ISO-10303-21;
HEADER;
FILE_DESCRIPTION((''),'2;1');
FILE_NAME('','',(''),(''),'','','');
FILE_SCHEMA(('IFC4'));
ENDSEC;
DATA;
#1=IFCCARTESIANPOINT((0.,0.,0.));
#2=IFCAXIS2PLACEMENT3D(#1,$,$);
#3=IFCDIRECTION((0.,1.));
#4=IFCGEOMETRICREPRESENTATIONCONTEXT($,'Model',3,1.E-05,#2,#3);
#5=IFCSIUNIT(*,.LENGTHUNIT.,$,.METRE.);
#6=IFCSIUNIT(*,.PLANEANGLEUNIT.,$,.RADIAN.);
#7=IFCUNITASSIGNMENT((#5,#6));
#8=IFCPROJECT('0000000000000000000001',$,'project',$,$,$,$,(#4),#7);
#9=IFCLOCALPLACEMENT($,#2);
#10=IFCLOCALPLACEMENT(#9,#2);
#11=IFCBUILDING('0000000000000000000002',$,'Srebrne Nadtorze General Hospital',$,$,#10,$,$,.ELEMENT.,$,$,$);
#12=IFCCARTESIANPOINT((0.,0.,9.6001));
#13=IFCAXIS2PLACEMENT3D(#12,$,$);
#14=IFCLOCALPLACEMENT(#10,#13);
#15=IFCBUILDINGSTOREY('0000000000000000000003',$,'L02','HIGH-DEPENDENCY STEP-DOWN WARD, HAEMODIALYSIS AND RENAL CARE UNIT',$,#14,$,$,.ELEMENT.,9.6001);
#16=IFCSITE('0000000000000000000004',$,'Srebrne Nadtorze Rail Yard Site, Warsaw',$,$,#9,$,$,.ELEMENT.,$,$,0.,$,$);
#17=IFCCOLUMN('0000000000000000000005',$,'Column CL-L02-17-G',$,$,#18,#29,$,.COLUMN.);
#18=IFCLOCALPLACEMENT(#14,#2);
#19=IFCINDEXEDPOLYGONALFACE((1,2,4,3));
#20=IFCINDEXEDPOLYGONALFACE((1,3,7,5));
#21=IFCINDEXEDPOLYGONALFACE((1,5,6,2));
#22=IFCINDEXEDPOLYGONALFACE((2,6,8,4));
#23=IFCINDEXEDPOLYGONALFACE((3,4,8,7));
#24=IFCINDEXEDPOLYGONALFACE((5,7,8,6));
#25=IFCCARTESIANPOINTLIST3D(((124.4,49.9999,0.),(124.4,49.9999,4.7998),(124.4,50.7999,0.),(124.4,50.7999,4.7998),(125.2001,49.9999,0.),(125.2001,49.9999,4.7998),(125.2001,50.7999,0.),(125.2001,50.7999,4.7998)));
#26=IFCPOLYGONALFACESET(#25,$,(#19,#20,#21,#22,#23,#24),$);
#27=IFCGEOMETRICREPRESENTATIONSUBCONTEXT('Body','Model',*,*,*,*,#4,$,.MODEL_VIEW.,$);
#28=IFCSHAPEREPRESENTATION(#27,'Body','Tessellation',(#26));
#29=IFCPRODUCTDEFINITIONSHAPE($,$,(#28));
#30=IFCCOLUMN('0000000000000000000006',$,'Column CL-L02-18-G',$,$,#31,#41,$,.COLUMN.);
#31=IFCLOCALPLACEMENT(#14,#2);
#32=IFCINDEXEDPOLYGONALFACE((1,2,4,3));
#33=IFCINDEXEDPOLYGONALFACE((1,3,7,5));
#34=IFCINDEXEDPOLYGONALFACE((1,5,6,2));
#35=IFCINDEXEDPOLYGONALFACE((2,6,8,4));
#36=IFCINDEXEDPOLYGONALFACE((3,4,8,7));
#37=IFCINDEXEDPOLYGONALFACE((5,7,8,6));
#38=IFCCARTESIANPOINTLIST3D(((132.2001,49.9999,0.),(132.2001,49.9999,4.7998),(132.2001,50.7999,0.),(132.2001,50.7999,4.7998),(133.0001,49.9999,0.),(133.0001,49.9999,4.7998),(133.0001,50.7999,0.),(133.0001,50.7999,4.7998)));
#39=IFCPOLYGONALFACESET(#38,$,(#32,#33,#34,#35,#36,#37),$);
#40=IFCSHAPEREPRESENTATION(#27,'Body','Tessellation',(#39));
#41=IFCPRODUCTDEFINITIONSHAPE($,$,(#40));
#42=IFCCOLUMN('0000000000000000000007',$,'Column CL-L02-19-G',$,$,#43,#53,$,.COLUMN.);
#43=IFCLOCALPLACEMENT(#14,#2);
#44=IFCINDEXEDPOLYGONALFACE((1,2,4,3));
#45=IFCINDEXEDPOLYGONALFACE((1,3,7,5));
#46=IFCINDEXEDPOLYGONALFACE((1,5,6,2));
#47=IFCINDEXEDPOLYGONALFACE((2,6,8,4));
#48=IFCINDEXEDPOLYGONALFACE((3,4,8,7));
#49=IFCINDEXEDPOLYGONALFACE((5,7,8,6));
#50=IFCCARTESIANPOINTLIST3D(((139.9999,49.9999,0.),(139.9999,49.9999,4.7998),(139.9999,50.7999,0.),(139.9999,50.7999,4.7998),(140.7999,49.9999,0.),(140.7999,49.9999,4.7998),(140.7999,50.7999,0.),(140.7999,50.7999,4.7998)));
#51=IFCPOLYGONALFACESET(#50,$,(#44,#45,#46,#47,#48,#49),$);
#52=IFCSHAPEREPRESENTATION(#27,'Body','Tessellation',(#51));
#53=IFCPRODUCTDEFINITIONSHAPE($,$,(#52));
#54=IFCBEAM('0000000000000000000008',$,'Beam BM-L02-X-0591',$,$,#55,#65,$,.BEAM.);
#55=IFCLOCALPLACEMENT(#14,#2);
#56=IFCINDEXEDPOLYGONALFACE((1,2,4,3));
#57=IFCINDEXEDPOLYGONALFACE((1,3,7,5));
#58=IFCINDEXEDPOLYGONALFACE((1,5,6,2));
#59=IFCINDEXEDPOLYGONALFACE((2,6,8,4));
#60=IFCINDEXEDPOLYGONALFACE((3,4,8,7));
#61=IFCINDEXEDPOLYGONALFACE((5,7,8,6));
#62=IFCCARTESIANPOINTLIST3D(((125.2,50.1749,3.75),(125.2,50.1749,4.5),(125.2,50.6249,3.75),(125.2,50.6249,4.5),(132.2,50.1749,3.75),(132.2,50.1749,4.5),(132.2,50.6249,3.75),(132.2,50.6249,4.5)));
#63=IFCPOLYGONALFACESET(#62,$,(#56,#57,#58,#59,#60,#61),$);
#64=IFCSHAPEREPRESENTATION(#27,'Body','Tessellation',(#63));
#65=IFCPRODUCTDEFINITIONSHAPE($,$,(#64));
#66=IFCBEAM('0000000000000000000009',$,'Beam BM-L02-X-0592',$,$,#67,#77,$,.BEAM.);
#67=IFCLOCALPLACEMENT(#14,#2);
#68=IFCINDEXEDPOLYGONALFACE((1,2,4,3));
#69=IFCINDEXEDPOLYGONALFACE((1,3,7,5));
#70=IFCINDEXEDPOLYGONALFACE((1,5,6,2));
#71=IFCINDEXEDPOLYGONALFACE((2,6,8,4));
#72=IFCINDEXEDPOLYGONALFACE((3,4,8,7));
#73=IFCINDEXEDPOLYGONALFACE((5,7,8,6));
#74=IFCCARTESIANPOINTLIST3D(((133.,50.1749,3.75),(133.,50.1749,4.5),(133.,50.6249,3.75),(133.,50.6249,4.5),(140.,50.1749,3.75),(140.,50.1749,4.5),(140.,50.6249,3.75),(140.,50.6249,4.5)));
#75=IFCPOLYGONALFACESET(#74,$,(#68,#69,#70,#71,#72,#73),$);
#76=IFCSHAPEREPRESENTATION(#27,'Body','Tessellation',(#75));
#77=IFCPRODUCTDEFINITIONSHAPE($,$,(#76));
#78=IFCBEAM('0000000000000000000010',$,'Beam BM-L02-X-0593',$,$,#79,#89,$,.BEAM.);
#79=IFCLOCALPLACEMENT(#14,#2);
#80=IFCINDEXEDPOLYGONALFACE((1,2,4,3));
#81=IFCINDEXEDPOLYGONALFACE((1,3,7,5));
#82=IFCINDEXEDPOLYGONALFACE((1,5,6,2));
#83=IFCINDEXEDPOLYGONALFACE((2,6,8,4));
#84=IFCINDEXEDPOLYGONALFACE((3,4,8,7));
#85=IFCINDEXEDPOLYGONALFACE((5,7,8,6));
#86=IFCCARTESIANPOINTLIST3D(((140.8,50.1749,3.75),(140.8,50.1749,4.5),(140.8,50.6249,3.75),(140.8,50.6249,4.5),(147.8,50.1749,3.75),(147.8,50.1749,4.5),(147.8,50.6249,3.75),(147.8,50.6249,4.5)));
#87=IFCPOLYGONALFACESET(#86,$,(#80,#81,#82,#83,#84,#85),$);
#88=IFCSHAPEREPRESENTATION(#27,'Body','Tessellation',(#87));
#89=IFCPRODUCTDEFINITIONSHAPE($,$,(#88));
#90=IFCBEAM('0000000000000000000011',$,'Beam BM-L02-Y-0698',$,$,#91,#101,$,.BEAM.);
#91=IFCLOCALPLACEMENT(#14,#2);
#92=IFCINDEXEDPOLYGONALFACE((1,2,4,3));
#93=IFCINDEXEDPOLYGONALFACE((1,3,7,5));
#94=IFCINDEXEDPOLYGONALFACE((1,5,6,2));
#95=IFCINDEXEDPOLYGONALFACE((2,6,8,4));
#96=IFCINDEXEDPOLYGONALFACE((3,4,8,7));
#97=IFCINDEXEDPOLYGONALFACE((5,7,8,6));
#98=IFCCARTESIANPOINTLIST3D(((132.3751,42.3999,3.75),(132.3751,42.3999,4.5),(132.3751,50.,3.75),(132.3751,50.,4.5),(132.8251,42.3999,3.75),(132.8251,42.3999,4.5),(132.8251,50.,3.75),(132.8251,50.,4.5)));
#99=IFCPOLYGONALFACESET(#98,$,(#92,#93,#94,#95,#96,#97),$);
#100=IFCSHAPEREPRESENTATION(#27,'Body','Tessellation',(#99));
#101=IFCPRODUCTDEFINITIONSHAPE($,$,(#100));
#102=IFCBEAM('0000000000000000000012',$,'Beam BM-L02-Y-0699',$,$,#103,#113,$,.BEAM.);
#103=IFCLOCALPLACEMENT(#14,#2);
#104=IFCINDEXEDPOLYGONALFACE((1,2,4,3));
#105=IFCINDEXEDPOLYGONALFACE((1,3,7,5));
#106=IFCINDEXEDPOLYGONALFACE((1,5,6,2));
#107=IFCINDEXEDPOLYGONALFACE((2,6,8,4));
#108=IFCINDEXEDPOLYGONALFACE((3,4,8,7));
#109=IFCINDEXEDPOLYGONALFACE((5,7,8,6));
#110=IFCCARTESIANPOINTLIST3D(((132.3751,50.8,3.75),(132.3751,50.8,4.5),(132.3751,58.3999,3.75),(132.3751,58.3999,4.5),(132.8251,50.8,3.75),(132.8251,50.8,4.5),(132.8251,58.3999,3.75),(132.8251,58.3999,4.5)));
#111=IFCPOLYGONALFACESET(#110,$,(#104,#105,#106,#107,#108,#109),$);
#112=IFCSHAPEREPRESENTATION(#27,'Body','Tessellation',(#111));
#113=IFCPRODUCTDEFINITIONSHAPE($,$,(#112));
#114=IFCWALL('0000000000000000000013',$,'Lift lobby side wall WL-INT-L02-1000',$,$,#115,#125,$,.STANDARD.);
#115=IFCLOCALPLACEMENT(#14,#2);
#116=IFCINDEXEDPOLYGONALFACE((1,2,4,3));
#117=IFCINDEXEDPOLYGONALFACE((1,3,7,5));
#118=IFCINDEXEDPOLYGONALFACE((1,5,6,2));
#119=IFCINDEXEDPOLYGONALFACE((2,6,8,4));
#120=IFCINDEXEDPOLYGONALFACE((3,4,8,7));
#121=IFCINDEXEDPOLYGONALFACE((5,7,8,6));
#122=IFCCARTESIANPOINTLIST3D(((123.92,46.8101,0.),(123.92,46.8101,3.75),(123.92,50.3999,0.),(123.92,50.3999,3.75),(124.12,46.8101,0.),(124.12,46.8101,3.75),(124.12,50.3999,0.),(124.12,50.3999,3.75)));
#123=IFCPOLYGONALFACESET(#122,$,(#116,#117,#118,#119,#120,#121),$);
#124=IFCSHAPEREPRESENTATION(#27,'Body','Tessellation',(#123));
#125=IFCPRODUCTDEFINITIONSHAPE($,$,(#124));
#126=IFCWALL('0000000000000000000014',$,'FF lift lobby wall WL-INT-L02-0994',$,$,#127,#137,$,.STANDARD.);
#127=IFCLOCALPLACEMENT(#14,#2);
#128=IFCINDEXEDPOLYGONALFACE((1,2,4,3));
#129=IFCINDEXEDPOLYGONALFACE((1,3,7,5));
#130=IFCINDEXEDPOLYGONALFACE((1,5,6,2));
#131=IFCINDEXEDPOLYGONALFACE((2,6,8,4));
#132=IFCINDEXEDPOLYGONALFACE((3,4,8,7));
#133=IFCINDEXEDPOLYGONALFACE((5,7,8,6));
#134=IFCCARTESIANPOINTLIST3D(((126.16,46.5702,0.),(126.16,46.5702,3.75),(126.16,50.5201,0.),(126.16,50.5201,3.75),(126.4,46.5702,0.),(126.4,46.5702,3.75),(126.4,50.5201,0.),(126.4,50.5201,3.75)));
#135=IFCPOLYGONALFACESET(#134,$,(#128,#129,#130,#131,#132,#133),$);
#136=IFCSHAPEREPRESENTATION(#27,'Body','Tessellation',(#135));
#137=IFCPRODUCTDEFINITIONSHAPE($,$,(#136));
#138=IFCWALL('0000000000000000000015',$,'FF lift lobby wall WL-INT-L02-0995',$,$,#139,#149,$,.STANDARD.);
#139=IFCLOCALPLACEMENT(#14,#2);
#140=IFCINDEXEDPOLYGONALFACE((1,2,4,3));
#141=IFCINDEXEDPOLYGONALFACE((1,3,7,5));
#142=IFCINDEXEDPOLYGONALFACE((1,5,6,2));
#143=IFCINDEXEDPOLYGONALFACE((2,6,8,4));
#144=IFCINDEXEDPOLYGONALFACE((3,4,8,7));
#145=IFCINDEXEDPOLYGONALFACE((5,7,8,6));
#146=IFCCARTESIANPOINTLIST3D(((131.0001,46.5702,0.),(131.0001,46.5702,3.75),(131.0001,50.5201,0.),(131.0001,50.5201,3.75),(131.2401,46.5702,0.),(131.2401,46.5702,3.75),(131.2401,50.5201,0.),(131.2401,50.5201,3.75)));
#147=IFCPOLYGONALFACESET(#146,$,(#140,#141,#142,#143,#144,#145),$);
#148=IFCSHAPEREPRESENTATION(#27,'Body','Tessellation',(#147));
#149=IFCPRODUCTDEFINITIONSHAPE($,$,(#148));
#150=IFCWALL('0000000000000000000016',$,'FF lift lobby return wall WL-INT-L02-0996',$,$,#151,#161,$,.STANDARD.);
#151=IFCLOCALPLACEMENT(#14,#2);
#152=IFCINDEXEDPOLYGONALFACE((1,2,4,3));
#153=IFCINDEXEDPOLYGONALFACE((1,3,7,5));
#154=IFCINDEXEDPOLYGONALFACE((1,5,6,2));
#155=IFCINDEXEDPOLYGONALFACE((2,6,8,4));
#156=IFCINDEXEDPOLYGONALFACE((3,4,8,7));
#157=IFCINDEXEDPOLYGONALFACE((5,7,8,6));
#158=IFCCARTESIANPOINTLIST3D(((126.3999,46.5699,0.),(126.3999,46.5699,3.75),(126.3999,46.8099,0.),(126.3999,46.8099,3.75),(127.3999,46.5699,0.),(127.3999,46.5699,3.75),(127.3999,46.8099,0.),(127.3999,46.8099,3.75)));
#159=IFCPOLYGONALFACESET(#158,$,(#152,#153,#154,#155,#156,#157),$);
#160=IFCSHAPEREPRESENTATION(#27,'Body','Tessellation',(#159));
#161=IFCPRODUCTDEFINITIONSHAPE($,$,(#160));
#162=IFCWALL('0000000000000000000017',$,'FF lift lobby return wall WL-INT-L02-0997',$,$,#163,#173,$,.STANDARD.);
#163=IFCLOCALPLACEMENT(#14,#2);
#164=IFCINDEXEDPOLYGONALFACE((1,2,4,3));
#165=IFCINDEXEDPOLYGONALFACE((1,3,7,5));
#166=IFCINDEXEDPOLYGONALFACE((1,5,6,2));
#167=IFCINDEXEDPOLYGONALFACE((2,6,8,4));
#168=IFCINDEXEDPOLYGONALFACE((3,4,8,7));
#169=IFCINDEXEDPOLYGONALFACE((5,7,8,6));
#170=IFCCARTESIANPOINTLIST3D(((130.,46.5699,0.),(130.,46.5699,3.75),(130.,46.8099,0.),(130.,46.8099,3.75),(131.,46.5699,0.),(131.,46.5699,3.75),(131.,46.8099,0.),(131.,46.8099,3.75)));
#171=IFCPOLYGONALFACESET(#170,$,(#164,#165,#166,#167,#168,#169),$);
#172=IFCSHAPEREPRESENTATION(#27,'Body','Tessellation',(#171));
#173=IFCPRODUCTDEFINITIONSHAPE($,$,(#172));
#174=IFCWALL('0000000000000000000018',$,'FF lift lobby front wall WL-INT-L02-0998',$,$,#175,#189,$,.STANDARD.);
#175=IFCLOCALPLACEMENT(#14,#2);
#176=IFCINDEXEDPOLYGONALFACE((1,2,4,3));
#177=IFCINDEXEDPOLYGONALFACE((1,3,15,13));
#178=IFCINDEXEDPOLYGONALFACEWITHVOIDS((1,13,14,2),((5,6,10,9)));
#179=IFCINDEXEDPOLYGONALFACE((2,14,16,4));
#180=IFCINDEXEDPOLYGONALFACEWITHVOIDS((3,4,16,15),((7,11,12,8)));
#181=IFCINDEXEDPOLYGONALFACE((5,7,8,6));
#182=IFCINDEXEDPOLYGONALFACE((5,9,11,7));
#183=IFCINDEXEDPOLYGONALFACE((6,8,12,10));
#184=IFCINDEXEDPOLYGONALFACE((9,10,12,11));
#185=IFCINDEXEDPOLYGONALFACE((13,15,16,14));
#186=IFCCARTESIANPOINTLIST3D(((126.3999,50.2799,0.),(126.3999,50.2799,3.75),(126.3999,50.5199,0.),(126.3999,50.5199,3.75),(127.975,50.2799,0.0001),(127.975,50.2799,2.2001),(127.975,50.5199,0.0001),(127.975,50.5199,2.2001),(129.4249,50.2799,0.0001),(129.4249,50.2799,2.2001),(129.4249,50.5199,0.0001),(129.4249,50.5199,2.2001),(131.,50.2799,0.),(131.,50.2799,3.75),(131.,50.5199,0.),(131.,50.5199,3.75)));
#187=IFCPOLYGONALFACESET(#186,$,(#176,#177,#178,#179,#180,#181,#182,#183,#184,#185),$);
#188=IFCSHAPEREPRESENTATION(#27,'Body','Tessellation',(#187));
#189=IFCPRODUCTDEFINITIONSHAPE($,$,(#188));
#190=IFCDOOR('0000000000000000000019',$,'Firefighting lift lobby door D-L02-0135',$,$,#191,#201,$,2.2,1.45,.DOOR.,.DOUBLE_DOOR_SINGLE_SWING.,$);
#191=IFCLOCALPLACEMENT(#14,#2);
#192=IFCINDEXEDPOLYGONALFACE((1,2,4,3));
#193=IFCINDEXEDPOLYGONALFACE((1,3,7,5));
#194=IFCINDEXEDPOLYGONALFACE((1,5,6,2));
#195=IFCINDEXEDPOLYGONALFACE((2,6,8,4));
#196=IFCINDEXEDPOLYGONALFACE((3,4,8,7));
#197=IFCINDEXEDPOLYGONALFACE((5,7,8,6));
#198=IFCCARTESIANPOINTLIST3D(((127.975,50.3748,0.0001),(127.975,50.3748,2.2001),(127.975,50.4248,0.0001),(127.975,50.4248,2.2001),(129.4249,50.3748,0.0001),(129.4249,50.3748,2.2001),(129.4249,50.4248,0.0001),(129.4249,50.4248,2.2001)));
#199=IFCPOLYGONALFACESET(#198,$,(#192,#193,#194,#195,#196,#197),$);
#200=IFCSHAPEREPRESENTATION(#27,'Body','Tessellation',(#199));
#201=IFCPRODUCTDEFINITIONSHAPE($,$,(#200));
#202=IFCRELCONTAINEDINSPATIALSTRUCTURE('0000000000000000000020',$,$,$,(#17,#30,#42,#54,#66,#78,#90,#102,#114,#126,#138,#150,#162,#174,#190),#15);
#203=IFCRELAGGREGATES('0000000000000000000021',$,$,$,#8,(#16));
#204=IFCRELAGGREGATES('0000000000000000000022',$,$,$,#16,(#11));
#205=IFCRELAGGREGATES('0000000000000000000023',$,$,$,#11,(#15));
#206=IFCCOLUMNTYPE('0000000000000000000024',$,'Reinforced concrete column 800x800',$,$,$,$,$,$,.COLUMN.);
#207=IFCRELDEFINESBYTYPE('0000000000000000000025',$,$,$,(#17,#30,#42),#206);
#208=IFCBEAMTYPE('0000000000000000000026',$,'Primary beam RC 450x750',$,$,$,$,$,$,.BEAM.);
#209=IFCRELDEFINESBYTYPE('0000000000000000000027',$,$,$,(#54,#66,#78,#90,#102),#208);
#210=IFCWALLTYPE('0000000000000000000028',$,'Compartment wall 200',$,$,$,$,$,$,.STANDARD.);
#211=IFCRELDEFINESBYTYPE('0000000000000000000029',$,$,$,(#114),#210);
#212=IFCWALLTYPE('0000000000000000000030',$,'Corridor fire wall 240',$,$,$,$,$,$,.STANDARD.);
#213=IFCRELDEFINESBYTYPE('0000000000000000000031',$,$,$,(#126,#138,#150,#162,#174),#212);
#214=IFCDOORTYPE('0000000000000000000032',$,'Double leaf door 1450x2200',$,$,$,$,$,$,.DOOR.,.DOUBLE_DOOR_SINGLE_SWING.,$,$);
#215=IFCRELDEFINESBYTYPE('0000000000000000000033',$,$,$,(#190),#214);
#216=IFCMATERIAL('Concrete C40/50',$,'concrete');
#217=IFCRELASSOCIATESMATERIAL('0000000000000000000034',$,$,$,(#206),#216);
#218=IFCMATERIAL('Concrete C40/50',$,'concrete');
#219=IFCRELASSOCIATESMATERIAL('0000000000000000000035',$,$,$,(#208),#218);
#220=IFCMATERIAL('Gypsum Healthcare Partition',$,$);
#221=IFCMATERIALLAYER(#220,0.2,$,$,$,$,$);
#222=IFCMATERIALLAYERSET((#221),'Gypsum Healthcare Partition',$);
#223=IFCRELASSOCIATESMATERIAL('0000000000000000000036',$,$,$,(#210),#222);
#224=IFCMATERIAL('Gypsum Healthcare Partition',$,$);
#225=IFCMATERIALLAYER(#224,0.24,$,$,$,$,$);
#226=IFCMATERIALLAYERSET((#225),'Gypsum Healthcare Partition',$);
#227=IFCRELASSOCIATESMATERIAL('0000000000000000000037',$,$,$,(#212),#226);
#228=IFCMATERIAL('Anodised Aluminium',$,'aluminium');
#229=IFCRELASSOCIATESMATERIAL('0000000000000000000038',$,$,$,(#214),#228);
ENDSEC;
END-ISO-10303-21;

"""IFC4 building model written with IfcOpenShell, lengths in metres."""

from ifc_helpers import new_model, si_unit, direction, frame, frame_2d, origin, origin_2d, place, context, subcontext, project, spatial, rectangle, extrude, material, layer, layer_set, material_profile, profile_set, type_object, element, fill, save


model = new_model("IFC4")

# Units and contexts
model_context = context("Model", 3, precision=1e-05, world=origin(), true_north=direction((0.0, 1.0)))
body_context = subcontext(model_context, "Body", "Model", "MODEL_VIEW")
ifc_project = project(units=[si_unit("LENGTHUNIT", "METRE"), si_unit("PLANEANGLEUNIT", "RADIAN")], contexts=[model_context])

# Site, building, storey
site_placement = place(None, origin())
site = spatial("IfcSite", under=ifc_project, at=site_placement, Name="Srebrne Nadtorze Rail Yard Site, Warsaw", CompositionType="ELEMENT", RefElevation=0.0)
building_placement = place(site_placement, origin())
building = spatial("IfcBuilding", under=site, at=building_placement, Name="Srebrne Nadtorze General Hospital", CompositionType="ELEMENT")
storey_placement = place(building_placement, frame((0.0, 0.0, 9.6001)))
storey = spatial("IfcBuildingStorey", under=building, at=storey_placement, Name="L02", Description="HIGH-DEPENDENCY STEP-DOWN WARD, HAEMODIALYSIS AND RENAL CARE UNIT", CompositionType="ELEMENT", Elevation=9.6001)

# Columns
ifc_material_1 = material(Name="Concrete C40/50", Category="concrete")
ifc_material_profile_1 = material_profile(ifc_material_1, rectangle(XDim=0.8, YDim=0.8, at=origin_2d()), Name="RC-COL-800x800")
ifc_profile_set_1 = profile_set([ifc_material_profile_1], Name="Concrete C40/50")
column_type = type_object("IfcColumnType", Name="Reinforced concrete column 800x800", PredefinedType="COLUMN", material=ifc_profile_set_1)
for number, where, z_axis, x_axis, name in (
    (1, (124.8, 50.3999, 0.0), (0.0, 0.0, 1.0), (1.0, 0.0, 0.0), "Column CL-L02-17-G"),
    (2, (132.6001, 50.3999, 0.0), (0.0, 0.0, 1.0), (1.0, 0.0, 0.0), "Column CL-L02-18-G"),
    (3, (140.3999, 50.3999, 0.0), (0.0, 0.0, 1.0), (1.0, 0.0, 0.0), "Column CL-L02-19-G"),
):
    element("IfcColumn", number, at=place(storey_placement, frame(where, z_axis=z_axis, x_axis=x_axis)), inside=storey, type_object=column_type, Name=name, PredefinedType="COLUMN", context=body_context, shape_type="SweptSolid", body=[
        extrude(rectangle(XDim=0.8, YDim=0.8, at=origin_2d()), origin(), (0.0, 0.0, 1.0), 4.7998),
    ])

# Beams
ifc_material_2 = material(Name="Concrete C40/50", Category="concrete")
ifc_material_profile_2 = material_profile(ifc_material_2, rectangle(XDim=0.45, YDim=0.75, at=origin_2d()), Name="RC-BM-450x750")
ifc_profile_set_2 = profile_set([ifc_material_profile_2], Name="Concrete C40/50")
beam_type = type_object("IfcBeamType", Name="Primary beam RC 450x750", PredefinedType="BEAM", material=ifc_profile_set_2)
for number, where, z_axis, x_axis, name in (
    (4, (125.2, 50.3999, 4.125), (1.0, 0.0, 0.0), (0.0, 1.0, 0.0), "Beam BM-L02-X-0591"),
    (5, (133.0, 50.3999, 4.125), (1.0, 0.0, 0.0), (0.0, 1.0, 0.0), "Beam BM-L02-X-0592"),
    (6, (140.8, 50.3999, 4.125), (1.0, 0.0, 0.0), (0.0, 1.0, 0.0), "Beam BM-L02-X-0593"),
):
    element("IfcBeam", number, at=place(storey_placement, frame(where, z_axis=z_axis, x_axis=x_axis)), inside=storey, type_object=beam_type, Name=name, PredefinedType="BEAM", context=body_context, shape_type="SweptSolid", body=[
        extrude(rectangle(XDim=0.45, YDim=0.75, at=origin_2d()), origin(), (0.0, 0.0, 1.0), 7.0),
    ])
beam_1_placement = place(storey_placement, frame((132.6001, 42.3999, 4.125), z_axis=(0.0, 1.0, 0.0), x_axis=(-1.0, 0.0, 0.0)))
element("IfcBeam", 7, at=beam_1_placement, inside=storey, type_object=beam_type, Name="Beam BM-L02-Y-0698", PredefinedType="BEAM", context=body_context, shape_type="SweptSolid", body=[
    extrude(rectangle(XDim=0.45, YDim=0.75, at=origin_2d()), origin(), (0.0, 0.0, 1.0), 7.6001),
])
beam_2_placement = place(storey_placement, frame((132.6001, 50.8, 4.125), z_axis=(0.0, 1.0, 0.0), x_axis=(-1.0, 0.0, 0.0)))
element("IfcBeam", 8, at=beam_2_placement, inside=storey, type_object=beam_type, Name="Beam BM-L02-Y-0699", PredefinedType="BEAM", context=body_context, shape_type="SweptSolid", body=[
    extrude(rectangle(XDim=0.45, YDim=0.75, at=origin_2d()), origin(), (0.0, 0.0, 1.0), 7.5999),
])

# Walls
ifc_material_3 = material(Name="Gypsum Healthcare Partition")
ifc_layer_1 = layer(ifc_material_3, 0.2)
ifc_layer_set_1 = layer_set([ifc_layer_1], Name="Gypsum Healthcare Partition")
wall_type_1 = type_object("IfcWallType", Name="Compartment wall 200", PredefinedType="STANDARD", material=ifc_layer_set_1)
wall_1_placement = place(storey_placement, frame((124.02, 46.8101, 0.0), z_axis=(0.0, 0.0, 1.0), x_axis=(0.0, 1.0, 0.0)))
element("IfcWall", 9, at=wall_1_placement, inside=storey, type_object=wall_type_1, Name="Lift lobby side wall WL-INT-L02-1000", PredefinedType="STANDARD", context=body_context, shape_type="SweptSolid", body=[
    extrude(rectangle(XDim=3.5898, YDim=0.2, at=frame_2d((1.7949, 0.0))), origin(), (0.0, 0.0, 1.0), 3.75),
])
ifc_material_4 = material(Name="Gypsum Healthcare Partition")
ifc_layer_2 = layer(ifc_material_4, 0.24)
ifc_layer_set_2 = layer_set([ifc_layer_2], Name="Gypsum Healthcare Partition")
wall_type_2 = type_object("IfcWallType", Name="Corridor fire wall 240", PredefinedType="STANDARD", material=ifc_layer_set_2)
for number, where, z_axis, x_axis, name in (
    (10, (126.28, 46.5701, 0.0), (0.0, 0.0, 1.0), (0.0, 1.0, 0.0), "FF lift lobby wall WL-INT-L02-0994"),
    (11, (131.1201, 46.5701, 0.0), (0.0, 0.0, 1.0), (0.0, 1.0, 0.0), "FF lift lobby wall WL-INT-L02-0995"),
):
    element("IfcWall", number, at=place(storey_placement, frame(where, z_axis=z_axis, x_axis=x_axis)), inside=storey, type_object=wall_type_2, Name=name, PredefinedType="STANDARD", context=body_context, shape_type="SweptSolid", body=[
        extrude(rectangle(XDim=3.95, YDim=0.24, at=frame_2d((1.9751, 0.0))), origin(), (0.0, 0.0, 1.0), 3.75),
    ])
for number, where, z_axis, x_axis, name in (
    (12, (126.3999, 46.6899, 0.0), (0.0, 0.0, 1.0), (1.0, 0.0, 0.0), "FF lift lobby return wall WL-INT-L02-0996"),
    (13, (130.0, 46.6899, 0.0), (0.0, 0.0, 1.0), (1.0, 0.0, 0.0), "FF lift lobby return wall WL-INT-L02-0997"),
):
    element("IfcWall", number, at=place(storey_placement, frame(where, z_axis=z_axis, x_axis=x_axis)), inside=storey, type_object=wall_type_2, Name=name, PredefinedType="STANDARD", context=body_context, shape_type="SweptSolid", body=[
        extrude(rectangle(XDim=1.0, YDim=0.24, at=frame_2d((0.5, 0.0))), origin(), (0.0, 0.0, 1.0), 3.75),
    ])

# Wall, opening, door
wall_2_placement = place(storey_placement, frame((126.3999, 50.3999, 0.0), z_axis=(0.0, 0.0, 1.0), x_axis=(1.0, 0.0, 0.0)))
wall_2 = element("IfcWall", 14, at=wall_2_placement, inside=storey, type_object=wall_type_2, Name="FF lift lobby front wall WL-INT-L02-0998", PredefinedType="STANDARD", context=body_context, shape_type="SweptSolid", body=[
    extrude(rectangle(XDim=4.6001, YDim=0.24, at=frame_2d((2.3, 0.0))), origin(), (0.0, 0.0, 1.0), 3.75),
])
opening_1_placement = place(wall_2_placement, frame((1.575, 0.0, 0.0)))
opening_1 = element("IfcOpeningElement", 15, at=opening_1_placement, cuts=wall_2, PredefinedType="OPENING", context=body_context, shape_type="SweptSolid", body=[
    extrude(rectangle(XDim=1.45, YDim=2.2, at=frame_2d((0.7251, 1.1001))), frame((0.0, 0.1318, 0.0), z_axis=(0.0, -1.0, 0.0), x_axis=(1.0, 0.0, 0.0)), (0.0, 0.0, 1.0), 0.2639),
])
ifc_material_5 = material(Name="Anodised Aluminium", Category="aluminium")
door_type_1 = type_object("IfcDoorType", Name="Double leaf door 1450x2200", OperationType="DOUBLE_DOOR_SINGLE_SWING", PredefinedType="DOOR", material=ifc_material_5)
door_1_placement = place(opening_1_placement, origin())
door_1 = element("IfcDoor", 16, at=door_1_placement, inside=storey, type_object=door_type_1, Name="Firefighting lift lobby door D-L02-0135", OperationType="DOUBLE_DOOR_SINGLE_SWING", OverallHeight=2.2, OverallWidth=1.45, PredefinedType="DOOR", context=body_context, shape_type="SweptSolid", body=[
    extrude(rectangle(XDim=1.45, YDim=2.2, at=frame_2d((0.7251, 1.1001))), frame((0.0, 0.0249, 0.0), z_axis=(0.0, -1.0, 0.0), x_axis=(1.0, 0.0, 0.0)), (0.0, 0.0, 1.0), 0.05),
])
fill(opening_1, door_1)

save(model, "model.ifc")
